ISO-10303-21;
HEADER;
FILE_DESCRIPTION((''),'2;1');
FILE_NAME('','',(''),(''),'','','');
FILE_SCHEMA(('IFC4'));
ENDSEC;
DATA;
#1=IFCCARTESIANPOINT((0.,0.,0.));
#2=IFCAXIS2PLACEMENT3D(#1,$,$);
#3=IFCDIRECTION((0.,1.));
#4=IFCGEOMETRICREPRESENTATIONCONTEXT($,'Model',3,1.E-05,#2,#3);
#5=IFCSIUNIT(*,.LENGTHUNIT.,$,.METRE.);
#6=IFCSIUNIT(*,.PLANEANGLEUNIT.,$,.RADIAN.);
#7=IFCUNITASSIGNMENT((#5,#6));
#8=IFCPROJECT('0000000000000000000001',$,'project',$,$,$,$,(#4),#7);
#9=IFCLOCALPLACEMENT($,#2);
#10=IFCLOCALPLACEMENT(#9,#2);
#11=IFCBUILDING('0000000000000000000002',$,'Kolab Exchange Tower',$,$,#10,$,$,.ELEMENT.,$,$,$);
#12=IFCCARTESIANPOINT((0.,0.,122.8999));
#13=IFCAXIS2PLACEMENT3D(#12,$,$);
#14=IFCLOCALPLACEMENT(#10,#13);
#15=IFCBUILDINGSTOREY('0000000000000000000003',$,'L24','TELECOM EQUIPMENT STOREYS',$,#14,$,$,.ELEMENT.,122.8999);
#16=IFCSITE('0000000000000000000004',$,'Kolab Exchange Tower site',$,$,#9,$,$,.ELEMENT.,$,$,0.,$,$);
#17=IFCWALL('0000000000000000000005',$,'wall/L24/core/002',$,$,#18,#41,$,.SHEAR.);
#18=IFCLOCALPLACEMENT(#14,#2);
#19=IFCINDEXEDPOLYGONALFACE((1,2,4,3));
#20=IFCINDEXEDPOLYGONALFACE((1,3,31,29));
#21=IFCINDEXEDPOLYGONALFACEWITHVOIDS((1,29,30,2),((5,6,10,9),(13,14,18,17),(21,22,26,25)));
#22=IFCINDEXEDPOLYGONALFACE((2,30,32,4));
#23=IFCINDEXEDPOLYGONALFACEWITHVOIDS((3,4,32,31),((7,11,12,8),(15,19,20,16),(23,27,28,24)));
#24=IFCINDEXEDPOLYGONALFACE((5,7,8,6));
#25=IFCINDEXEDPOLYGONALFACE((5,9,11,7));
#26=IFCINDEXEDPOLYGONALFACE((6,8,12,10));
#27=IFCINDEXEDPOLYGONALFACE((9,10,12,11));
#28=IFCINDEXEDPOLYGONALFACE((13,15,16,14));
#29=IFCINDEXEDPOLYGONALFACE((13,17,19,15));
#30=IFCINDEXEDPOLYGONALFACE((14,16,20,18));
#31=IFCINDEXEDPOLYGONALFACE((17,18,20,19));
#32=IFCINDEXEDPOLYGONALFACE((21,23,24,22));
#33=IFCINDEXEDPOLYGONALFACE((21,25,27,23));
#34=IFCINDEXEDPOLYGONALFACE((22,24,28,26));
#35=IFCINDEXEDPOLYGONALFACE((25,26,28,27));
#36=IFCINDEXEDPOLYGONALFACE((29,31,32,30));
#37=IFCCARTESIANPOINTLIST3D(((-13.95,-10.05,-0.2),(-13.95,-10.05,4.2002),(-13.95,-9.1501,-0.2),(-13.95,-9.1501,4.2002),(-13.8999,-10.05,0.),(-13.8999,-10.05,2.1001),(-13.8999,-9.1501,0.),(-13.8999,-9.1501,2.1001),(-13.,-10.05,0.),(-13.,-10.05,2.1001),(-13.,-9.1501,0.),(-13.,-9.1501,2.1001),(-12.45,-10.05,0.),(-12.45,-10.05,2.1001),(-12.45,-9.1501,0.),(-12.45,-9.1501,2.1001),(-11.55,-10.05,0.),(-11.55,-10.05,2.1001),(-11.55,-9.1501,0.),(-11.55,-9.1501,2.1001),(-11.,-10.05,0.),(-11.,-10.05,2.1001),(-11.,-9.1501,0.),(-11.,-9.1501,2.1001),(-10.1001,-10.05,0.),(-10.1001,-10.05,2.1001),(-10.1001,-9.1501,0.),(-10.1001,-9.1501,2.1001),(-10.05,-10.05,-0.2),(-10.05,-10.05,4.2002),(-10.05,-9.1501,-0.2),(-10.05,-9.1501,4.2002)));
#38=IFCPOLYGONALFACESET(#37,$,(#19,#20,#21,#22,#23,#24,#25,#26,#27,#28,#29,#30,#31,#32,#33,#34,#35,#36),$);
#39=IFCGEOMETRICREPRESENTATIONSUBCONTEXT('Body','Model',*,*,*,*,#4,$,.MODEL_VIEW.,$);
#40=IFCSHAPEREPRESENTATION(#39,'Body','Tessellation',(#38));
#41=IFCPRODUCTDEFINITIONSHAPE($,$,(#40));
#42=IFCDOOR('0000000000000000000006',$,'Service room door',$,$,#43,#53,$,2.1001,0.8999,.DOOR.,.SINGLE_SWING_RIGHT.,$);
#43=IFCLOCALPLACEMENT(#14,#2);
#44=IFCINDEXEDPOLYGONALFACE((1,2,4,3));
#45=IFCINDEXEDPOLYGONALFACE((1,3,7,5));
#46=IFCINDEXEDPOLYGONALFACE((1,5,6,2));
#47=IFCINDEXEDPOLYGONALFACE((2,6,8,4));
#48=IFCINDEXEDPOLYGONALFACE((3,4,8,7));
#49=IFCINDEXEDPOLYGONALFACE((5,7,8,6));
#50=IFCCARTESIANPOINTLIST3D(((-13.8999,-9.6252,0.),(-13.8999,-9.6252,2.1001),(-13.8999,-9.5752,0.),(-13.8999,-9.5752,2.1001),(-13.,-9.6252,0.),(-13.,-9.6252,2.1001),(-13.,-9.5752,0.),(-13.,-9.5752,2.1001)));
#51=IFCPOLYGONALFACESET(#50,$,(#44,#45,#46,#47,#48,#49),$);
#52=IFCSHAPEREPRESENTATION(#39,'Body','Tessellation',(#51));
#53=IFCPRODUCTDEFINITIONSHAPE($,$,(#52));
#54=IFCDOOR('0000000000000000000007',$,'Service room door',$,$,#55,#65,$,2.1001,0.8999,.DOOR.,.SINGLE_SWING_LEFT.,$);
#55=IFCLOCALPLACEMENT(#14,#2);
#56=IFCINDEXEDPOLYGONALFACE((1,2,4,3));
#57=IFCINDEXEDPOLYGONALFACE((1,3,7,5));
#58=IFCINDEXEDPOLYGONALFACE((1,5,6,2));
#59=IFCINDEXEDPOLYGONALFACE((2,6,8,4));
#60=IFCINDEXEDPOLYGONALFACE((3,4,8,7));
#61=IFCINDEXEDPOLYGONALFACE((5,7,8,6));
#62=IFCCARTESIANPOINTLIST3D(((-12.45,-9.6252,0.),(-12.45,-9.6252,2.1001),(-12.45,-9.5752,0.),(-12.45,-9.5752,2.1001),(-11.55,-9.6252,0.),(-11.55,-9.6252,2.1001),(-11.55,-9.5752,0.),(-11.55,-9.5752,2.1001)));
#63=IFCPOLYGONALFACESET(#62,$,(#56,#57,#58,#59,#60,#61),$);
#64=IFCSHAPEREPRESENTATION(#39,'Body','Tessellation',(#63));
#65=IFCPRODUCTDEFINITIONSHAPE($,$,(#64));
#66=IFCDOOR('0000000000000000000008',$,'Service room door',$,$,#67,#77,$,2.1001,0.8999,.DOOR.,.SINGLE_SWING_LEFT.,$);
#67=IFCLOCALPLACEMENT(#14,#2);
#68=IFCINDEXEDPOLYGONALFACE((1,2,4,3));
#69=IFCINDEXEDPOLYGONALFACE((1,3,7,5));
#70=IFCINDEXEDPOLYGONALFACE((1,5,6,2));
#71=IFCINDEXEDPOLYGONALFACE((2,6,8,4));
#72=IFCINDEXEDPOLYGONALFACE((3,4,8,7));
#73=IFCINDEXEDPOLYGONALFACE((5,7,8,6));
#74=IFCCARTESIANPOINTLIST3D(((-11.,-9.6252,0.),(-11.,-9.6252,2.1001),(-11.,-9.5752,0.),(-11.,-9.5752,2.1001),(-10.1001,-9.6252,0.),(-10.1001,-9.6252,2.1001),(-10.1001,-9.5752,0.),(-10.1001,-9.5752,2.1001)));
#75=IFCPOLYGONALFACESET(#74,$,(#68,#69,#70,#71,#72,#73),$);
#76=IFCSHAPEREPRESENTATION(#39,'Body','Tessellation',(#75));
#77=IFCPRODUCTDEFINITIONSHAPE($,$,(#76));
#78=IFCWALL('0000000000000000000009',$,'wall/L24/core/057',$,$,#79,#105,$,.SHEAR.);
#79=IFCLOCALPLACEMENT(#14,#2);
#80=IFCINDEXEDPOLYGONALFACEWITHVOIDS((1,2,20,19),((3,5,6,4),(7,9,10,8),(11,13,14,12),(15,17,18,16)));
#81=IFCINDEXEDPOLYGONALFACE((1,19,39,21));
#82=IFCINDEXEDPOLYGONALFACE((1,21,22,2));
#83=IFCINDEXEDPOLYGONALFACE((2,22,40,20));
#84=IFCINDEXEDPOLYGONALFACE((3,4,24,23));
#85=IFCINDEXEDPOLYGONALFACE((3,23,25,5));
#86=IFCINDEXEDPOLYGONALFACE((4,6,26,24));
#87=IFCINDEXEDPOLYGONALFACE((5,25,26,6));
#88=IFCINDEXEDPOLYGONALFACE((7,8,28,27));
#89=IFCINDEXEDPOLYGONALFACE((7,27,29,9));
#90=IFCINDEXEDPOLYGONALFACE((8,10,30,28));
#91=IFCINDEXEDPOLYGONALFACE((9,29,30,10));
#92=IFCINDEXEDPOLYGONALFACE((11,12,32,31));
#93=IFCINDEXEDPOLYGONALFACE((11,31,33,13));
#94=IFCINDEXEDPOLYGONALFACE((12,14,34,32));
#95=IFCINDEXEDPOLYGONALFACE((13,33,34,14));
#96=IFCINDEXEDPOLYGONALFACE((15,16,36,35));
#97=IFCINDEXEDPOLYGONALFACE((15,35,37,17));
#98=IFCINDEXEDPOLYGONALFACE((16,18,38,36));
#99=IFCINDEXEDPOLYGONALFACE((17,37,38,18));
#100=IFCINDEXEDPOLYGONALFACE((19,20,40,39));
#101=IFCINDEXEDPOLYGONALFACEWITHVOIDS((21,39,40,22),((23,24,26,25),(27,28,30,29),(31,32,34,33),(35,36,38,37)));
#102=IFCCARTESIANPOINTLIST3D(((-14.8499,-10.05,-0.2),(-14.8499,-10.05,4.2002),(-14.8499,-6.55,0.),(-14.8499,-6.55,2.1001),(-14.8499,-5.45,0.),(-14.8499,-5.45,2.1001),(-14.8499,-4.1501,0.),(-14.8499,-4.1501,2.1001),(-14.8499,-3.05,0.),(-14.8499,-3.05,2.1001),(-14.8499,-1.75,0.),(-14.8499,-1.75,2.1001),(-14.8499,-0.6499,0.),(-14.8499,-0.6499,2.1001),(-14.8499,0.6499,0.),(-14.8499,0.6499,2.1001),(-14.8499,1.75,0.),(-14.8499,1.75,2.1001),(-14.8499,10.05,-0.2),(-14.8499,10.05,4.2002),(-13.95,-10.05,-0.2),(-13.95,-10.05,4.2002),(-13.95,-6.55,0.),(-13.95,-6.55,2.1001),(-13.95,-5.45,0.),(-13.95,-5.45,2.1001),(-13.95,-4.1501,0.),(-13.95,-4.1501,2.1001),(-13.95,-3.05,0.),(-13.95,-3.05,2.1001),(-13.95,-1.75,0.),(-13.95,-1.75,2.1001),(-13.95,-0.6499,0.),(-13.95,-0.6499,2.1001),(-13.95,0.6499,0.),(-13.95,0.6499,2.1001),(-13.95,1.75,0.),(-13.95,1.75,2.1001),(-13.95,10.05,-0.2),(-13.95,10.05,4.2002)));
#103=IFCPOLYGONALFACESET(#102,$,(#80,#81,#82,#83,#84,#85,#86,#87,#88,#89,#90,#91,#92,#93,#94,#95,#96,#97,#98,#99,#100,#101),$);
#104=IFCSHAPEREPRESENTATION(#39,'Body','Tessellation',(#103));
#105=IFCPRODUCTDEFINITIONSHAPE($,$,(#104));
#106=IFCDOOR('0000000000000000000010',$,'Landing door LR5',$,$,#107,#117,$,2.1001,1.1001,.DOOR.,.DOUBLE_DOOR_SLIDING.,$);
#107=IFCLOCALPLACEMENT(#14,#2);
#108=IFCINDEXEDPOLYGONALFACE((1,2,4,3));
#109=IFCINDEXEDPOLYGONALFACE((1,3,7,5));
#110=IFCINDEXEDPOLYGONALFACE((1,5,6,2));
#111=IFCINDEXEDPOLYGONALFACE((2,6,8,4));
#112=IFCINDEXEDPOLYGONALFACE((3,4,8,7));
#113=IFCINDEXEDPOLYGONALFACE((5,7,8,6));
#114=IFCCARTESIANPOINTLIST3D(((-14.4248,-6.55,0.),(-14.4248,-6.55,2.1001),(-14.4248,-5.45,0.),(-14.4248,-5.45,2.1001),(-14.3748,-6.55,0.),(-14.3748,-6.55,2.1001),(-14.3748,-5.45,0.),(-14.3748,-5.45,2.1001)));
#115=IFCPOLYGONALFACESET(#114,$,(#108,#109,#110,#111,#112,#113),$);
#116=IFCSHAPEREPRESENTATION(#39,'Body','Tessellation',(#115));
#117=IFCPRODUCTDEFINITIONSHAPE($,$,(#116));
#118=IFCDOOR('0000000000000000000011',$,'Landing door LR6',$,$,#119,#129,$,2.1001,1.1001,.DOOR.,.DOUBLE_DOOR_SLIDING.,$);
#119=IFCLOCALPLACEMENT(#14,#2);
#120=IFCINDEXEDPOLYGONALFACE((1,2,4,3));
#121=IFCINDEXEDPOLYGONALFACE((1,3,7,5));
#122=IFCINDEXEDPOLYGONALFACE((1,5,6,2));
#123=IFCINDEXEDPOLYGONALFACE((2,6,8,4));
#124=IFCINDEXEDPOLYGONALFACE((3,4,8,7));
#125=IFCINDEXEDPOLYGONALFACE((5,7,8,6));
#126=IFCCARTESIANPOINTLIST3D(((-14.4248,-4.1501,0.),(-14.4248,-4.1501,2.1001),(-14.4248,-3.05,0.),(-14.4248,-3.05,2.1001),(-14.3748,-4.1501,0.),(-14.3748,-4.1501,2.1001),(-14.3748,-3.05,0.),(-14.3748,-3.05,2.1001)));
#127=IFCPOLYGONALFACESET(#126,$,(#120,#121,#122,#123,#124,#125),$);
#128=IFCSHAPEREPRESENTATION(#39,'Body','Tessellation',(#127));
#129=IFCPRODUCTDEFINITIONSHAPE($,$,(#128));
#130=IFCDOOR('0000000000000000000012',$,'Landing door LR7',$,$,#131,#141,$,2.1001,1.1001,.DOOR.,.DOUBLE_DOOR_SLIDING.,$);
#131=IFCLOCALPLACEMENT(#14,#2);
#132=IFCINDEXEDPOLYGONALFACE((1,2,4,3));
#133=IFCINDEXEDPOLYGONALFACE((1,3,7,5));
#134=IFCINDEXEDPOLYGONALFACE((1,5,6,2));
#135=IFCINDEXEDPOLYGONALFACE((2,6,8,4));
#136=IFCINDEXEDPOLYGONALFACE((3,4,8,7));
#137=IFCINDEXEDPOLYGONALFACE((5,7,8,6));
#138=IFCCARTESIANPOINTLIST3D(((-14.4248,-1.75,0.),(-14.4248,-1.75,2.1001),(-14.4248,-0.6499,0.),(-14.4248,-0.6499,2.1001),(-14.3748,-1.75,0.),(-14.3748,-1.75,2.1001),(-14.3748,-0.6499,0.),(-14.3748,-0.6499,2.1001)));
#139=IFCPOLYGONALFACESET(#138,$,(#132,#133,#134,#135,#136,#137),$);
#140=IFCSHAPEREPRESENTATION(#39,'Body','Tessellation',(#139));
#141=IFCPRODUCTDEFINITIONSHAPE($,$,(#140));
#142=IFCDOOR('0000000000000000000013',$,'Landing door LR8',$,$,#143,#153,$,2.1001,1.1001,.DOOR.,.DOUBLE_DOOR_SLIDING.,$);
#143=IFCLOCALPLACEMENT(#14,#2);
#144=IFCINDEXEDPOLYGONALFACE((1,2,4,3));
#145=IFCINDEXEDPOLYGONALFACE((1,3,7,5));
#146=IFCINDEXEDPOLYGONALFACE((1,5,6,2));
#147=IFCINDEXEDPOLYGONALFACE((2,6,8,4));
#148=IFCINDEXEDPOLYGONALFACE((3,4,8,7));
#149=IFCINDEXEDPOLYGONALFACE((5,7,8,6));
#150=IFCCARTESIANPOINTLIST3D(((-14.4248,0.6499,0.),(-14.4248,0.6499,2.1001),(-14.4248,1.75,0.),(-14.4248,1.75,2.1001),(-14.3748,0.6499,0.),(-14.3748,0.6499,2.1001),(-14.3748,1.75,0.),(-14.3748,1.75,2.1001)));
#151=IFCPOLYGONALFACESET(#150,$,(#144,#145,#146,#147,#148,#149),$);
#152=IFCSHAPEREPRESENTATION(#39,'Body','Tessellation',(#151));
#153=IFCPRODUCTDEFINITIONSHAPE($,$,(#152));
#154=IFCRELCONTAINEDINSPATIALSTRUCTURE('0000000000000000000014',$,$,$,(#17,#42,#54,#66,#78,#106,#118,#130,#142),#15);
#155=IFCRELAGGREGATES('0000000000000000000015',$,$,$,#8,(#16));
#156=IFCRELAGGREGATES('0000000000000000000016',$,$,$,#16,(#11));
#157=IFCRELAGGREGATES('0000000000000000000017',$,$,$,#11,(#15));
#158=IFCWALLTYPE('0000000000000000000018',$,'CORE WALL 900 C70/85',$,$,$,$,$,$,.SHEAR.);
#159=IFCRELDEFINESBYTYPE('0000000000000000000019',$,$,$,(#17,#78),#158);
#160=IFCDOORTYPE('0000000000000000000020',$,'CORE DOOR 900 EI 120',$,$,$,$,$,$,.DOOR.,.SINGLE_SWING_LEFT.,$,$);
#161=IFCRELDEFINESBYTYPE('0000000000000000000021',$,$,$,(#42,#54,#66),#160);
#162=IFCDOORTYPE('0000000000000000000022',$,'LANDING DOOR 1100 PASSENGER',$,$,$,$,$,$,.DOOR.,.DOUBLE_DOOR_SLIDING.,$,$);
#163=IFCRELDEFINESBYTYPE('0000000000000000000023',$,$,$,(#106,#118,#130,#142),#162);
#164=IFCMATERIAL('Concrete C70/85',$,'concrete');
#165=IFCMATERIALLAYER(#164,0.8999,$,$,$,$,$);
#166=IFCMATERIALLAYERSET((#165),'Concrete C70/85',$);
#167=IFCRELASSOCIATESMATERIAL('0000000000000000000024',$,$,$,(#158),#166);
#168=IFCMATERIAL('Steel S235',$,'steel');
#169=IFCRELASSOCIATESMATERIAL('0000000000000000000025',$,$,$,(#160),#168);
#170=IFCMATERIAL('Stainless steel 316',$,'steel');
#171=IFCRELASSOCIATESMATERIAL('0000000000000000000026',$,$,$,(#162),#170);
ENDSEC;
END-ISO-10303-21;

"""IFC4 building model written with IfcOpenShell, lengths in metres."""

from ifc_helpers import new_model, si_unit, direction, frame, frame_2d, origin, place, context, subcontext, project, spatial, rectangle, extrude, material, layer, layer_set, type_object, element, fill, save


model = new_model("IFC4")

# Units and contexts
model_context = context("Model", 3, precision=1e-05, world=origin(), true_north=direction((0.0, 1.0)))
body_context = subcontext(model_context, "Body", "Model", "MODEL_VIEW")
ifc_project = project(units=[si_unit("LENGTHUNIT", "METRE"), si_unit("PLANEANGLEUNIT", "RADIAN")], contexts=[model_context])

# Site, building, storey
site_placement = place(None, origin())
site = spatial("IfcSite", under=ifc_project, at=site_placement, Name="Kolab Exchange Tower site", CompositionType="ELEMENT", RefElevation=0.0)
building_placement = place(site_placement, origin())
building = spatial("IfcBuilding", under=site, at=building_placement, Name="Kolab Exchange Tower", CompositionType="ELEMENT")
storey_placement = place(building_placement, frame((0.0, 0.0, 122.8999)))
storey = spatial("IfcBuildingStorey", under=building, at=storey_placement, Name="L24", Description="TELECOM EQUIPMENT STOREYS", CompositionType="ELEMENT", Elevation=122.8999)

# Walls, openings, doors
ifc_material_1 = material(Name="Concrete C70/85", Category="concrete")
ifc_layer_1 = layer(ifc_material_1, 0.8999)
ifc_layer_set_1 = layer_set([ifc_layer_1], Name="Concrete C70/85")
wall_type_1 = type_object("IfcWallType", Name="CORE WALL 900 C70/85", PredefinedType="SHEAR", material=ifc_layer_set_1)
wall_1_placement = place(storey_placement, frame((-13.95, -9.6001, -0.2), z_axis=(0.0, 0.0, 1.0), x_axis=(1.0, 0.0, 0.0)))
wall_1 = element("IfcWall", 1, at=wall_1_placement, inside=storey, type_object=wall_type_1, Name="wall/L24/core/002", PredefinedType="SHEAR", context=body_context, shape_type="SweptSolid", body=[
    extrude(rectangle(XDim=3.8999, YDim=0.8999, at=frame_2d((1.95, 0.0))), origin(), (0.0, 0.0, 1.0), 4.4001),
])
opening_1_placement = place(wall_1_placement, frame((0.05, 0.0, 0.2)))
opening_1 = element("IfcOpeningElement", 2, at=opening_1_placement, cuts=wall_1, PredefinedType="OPENING", context=body_context, shape_type="SweptSolid", body=[
    extrude(rectangle(XDim=0.8999, YDim=2.1001, at=frame_2d((0.45, 1.05))), frame((0.0, 0.46, 0.0), z_axis=(0.0, -1.0, 0.0), x_axis=(1.0, 0.0, 0.0)), (0.0, 0.0, 1.0), 0.9199),
])
opening_2_placement = place(wall_1_placement, frame((1.5, 0.0, 0.2)))
opening_2 = element("IfcOpeningElement", 3, at=opening_2_placement, cuts=wall_1, PredefinedType="OPENING", context=body_context, shape_type="SweptSolid", body=[
    extrude(rectangle(XDim=0.8999, YDim=2.1001, at=frame_2d((0.45, 1.05))), frame((0.0, 0.46, 0.0), z_axis=(0.0, -1.0, 0.0), x_axis=(1.0, 0.0, 0.0)), (0.0, 0.0, 1.0), 0.9199),
])
opening_3_placement = place(wall_1_placement, frame((2.95, 0.0, 0.2)))
opening_3 = element("IfcOpeningElement", 4, at=opening_3_placement, cuts=wall_1, PredefinedType="OPENING", context=body_context, shape_type="SweptSolid", body=[
    extrude(rectangle(XDim=0.8999, YDim=2.1001, at=frame_2d((0.45, 1.05))), frame((0.0, 0.46, 0.0), z_axis=(0.0, -1.0, 0.0), x_axis=(1.0, 0.0, 0.0)), (0.0, 0.0, 1.0), 0.9199),
])
ifc_material_2 = material(Name="Steel S235", Category="steel")
door_type_1 = type_object("IfcDoorType", Name="CORE DOOR 900 EI 120", OperationType="SINGLE_SWING_LEFT", PredefinedType="DOOR", material=ifc_material_2)
door_1_placement = place(opening_1_placement, origin())
door_1 = element("IfcDoor", 5, at=door_1_placement, inside=storey, type_object=door_type_1, Name="Service room door", OperationType="SINGLE_SWING_RIGHT", OverallHeight=2.1001, OverallWidth=0.8999, PredefinedType="DOOR", context=body_context, shape_type="SweptSolid", body=[
    extrude(rectangle(XDim=0.8999, YDim=2.1001, at=frame_2d((0.45, 1.05))), frame((0.0, 0.0249, 0.0), z_axis=(0.0, -1.0, 0.0), x_axis=(1.0, 0.0, 0.0)), (0.0, 0.0, 1.0), 0.05),
])
fill(opening_1, door_1)
door_2_placement = place(opening_2_placement, origin())
door_2 = element("IfcDoor", 6, at=door_2_placement, inside=storey, type_object=door_type_1, Name="Service room door", OperationType="SINGLE_SWING_LEFT", OverallHeight=2.1001, OverallWidth=0.8999, PredefinedType="DOOR", context=body_context, shape_type="SweptSolid", body=[
    extrude(rectangle(XDim=0.8999, YDim=2.1001, at=frame_2d((0.45, 1.05))), frame((0.0, 0.0249, 0.0), z_axis=(0.0, -1.0, 0.0), x_axis=(1.0, 0.0, 0.0)), (0.0, 0.0, 1.0), 0.05),
])
fill(opening_2, door_2)
door_3_placement = place(opening_3_placement, origin())
door_3 = element("IfcDoor", 7, at=door_3_placement, inside=storey, type_object=door_type_1, Name="Service room door", OperationType="SINGLE_SWING_LEFT", OverallHeight=2.1001, OverallWidth=0.8999, PredefinedType="DOOR", context=body_context, shape_type="SweptSolid", body=[
    extrude(rectangle(XDim=0.8999, YDim=2.1001, at=frame_2d((0.45, 1.05))), frame((0.0, 0.0249, 0.0), z_axis=(0.0, -1.0, 0.0), x_axis=(1.0, 0.0, 0.0)), (0.0, 0.0, 1.0), 0.05),
])
fill(opening_3, door_3)
wall_2_placement = place(storey_placement, frame((-14.3999, -10.05, -0.2), z_axis=(0.0, 0.0, 1.0), x_axis=(0.0, 1.0, 0.0)))
wall_2 = element("IfcWall", 8, at=wall_2_placement, inside=storey, type_object=wall_type_1, Name="wall/L24/core/057", PredefinedType="SHEAR", context=body_context, shape_type="SweptSolid", body=[
    extrude(rectangle(XDim=20.1001, YDim=0.8999, at=frame_2d((10.05, 0.0))), origin(), (0.0, 0.0, 1.0), 4.4001),
])
opening_4_placement = place(wall_2_placement, frame((3.5, 0.0, 0.2)))
opening_4 = element("IfcOpeningElement", 9, at=opening_4_placement, cuts=wall_2, PredefinedType="OPENING", context=body_context, shape_type="SweptSolid", body=[
    extrude(rectangle(XDim=1.1001, YDim=2.1001, at=frame_2d((0.55, 1.05))), frame((0.0, 0.46, 0.0), z_axis=(0.0, -1.0, 0.0), x_axis=(1.0, 0.0, 0.0)), (0.0, 0.0, 1.0), 0.9199),
])
opening_5_placement = place(wall_2_placement, frame((5.8999, 0.0, 0.2)))
opening_5 = element("IfcOpeningElement", 10, at=opening_5_placement, cuts=wall_2, PredefinedType="OPENING", context=body_context, shape_type="SweptSolid", body=[
    extrude(rectangle(XDim=1.1001, YDim=2.1001, at=frame_2d((0.55, 1.05))), frame((0.0, 0.46, 0.0), z_axis=(0.0, -1.0, 0.0), x_axis=(1.0, 0.0, 0.0)), (0.0, 0.0, 1.0), 0.9199),
])
opening_6_placement = place(wall_2_placement, frame((8.3, 0.0, 0.2)))
opening_6 = element("IfcOpeningElement", 11, at=opening_6_placement, cuts=wall_2, PredefinedType="OPENING", context=body_context, shape_type="SweptSolid", body=[
    extrude(rectangle(XDim=1.1001, YDim=2.1001, at=frame_2d((0.55, 1.05))), frame((0.0, 0.46, 0.0), z_axis=(0.0, -1.0, 0.0), x_axis=(1.0, 0.0, 0.0)), (0.0, 0.0, 1.0), 0.9199),
])
opening_7_placement = place(wall_2_placement, frame((10.7, 0.0, 0.2)))
opening_7 = element("IfcOpeningElement", 12, at=opening_7_placement, cuts=wall_2, PredefinedType="OPENING", context=body_context, shape_type="SweptSolid", body=[
    extrude(rectangle(XDim=1.1001, YDim=2.1001, at=frame_2d((0.55, 1.05))), frame((0.0, 0.46, 0.0), z_axis=(0.0, -1.0, 0.0), x_axis=(1.0, 0.0, 0.0)), (0.0, 0.0, 1.0), 0.9199),
])
ifc_material_3 = material(Name="Stainless steel 316", Category="steel")
door_type_2 = type_object("IfcDoorType", Name="LANDING DOOR 1100 PASSENGER", OperationType="DOUBLE_DOOR_SLIDING", PredefinedType="DOOR", material=ifc_material_3)
door_4_placement = place(opening_4_placement, origin())
door_4 = element("IfcDoor", 13, at=door_4_placement, inside=storey, type_object=door_type_2, Name="Landing door LR5", OperationType="DOUBLE_DOOR_SLIDING", OverallHeight=2.1001, OverallWidth=1.1001, PredefinedType="DOOR", context=body_context, shape_type="SweptSolid", body=[
    extrude(rectangle(XDim=1.1001, YDim=2.1001, at=frame_2d((0.55, 1.05))), frame((0.0, 0.0249, 0.0), z_axis=(0.0, -1.0, 0.0), x_axis=(1.0, 0.0, 0.0)), (0.0, 0.0, 1.0), 0.05),
])
fill(opening_4, door_4)
door_5_placement = place(opening_5_placement, origin())
door_5 = element("IfcDoor", 14, at=door_5_placement, inside=storey, type_object=door_type_2, Name="Landing door LR6", OperationType="DOUBLE_DOOR_SLIDING", OverallHeight=2.1001, OverallWidth=1.1001, PredefinedType="DOOR", context=body_context, shape_type="SweptSolid", body=[
    extrude(rectangle(XDim=1.1001, YDim=2.1001, at=frame_2d((0.55, 1.05))), frame((0.0, 0.0249, 0.0), z_axis=(0.0, -1.0, 0.0), x_axis=(1.0, 0.0, 0.0)), (0.0, 0.0, 1.0), 0.05),
])
fill(opening_5, door_5)
door_6_placement = place(opening_6_placement, origin())
door_6 = element("IfcDoor", 15, at=door_6_placement, inside=storey, type_object=door_type_2, Name="Landing door LR7", OperationType="DOUBLE_DOOR_SLIDING", OverallHeight=2.1001, OverallWidth=1.1001, PredefinedType="DOOR", context=body_context, shape_type="SweptSolid", body=[
    extrude(rectangle(XDim=1.1001, YDim=2.1001, at=frame_2d((0.55, 1.05))), frame((0.0, 0.0249, 0.0), z_axis=(0.0, -1.0, 0.0), x_axis=(1.0, 0.0, 0.0)), (0.0, 0.0, 1.0), 0.05),
])
fill(opening_6, door_6)
door_7_placement = place(opening_7_placement, origin())
door_7 = element("IfcDoor", 16, at=door_7_placement, inside=storey, type_object=door_type_2, Name="Landing door LR8", OperationType="DOUBLE_DOOR_SLIDING", OverallHeight=2.1001, OverallWidth=1.1001, PredefinedType="DOOR", context=body_context, shape_type="SweptSolid", body=[
    extrude(rectangle(XDim=1.1001, YDim=2.1001, at=frame_2d((0.55, 1.05))), frame((0.0, 0.0249, 0.0), z_axis=(0.0, -1.0, 0.0), x_axis=(1.0, 0.0, 0.0)), (0.0, 0.0, 1.0), 0.05),
])
fill(opening_7, door_7)

save(model, "model.ifc")
